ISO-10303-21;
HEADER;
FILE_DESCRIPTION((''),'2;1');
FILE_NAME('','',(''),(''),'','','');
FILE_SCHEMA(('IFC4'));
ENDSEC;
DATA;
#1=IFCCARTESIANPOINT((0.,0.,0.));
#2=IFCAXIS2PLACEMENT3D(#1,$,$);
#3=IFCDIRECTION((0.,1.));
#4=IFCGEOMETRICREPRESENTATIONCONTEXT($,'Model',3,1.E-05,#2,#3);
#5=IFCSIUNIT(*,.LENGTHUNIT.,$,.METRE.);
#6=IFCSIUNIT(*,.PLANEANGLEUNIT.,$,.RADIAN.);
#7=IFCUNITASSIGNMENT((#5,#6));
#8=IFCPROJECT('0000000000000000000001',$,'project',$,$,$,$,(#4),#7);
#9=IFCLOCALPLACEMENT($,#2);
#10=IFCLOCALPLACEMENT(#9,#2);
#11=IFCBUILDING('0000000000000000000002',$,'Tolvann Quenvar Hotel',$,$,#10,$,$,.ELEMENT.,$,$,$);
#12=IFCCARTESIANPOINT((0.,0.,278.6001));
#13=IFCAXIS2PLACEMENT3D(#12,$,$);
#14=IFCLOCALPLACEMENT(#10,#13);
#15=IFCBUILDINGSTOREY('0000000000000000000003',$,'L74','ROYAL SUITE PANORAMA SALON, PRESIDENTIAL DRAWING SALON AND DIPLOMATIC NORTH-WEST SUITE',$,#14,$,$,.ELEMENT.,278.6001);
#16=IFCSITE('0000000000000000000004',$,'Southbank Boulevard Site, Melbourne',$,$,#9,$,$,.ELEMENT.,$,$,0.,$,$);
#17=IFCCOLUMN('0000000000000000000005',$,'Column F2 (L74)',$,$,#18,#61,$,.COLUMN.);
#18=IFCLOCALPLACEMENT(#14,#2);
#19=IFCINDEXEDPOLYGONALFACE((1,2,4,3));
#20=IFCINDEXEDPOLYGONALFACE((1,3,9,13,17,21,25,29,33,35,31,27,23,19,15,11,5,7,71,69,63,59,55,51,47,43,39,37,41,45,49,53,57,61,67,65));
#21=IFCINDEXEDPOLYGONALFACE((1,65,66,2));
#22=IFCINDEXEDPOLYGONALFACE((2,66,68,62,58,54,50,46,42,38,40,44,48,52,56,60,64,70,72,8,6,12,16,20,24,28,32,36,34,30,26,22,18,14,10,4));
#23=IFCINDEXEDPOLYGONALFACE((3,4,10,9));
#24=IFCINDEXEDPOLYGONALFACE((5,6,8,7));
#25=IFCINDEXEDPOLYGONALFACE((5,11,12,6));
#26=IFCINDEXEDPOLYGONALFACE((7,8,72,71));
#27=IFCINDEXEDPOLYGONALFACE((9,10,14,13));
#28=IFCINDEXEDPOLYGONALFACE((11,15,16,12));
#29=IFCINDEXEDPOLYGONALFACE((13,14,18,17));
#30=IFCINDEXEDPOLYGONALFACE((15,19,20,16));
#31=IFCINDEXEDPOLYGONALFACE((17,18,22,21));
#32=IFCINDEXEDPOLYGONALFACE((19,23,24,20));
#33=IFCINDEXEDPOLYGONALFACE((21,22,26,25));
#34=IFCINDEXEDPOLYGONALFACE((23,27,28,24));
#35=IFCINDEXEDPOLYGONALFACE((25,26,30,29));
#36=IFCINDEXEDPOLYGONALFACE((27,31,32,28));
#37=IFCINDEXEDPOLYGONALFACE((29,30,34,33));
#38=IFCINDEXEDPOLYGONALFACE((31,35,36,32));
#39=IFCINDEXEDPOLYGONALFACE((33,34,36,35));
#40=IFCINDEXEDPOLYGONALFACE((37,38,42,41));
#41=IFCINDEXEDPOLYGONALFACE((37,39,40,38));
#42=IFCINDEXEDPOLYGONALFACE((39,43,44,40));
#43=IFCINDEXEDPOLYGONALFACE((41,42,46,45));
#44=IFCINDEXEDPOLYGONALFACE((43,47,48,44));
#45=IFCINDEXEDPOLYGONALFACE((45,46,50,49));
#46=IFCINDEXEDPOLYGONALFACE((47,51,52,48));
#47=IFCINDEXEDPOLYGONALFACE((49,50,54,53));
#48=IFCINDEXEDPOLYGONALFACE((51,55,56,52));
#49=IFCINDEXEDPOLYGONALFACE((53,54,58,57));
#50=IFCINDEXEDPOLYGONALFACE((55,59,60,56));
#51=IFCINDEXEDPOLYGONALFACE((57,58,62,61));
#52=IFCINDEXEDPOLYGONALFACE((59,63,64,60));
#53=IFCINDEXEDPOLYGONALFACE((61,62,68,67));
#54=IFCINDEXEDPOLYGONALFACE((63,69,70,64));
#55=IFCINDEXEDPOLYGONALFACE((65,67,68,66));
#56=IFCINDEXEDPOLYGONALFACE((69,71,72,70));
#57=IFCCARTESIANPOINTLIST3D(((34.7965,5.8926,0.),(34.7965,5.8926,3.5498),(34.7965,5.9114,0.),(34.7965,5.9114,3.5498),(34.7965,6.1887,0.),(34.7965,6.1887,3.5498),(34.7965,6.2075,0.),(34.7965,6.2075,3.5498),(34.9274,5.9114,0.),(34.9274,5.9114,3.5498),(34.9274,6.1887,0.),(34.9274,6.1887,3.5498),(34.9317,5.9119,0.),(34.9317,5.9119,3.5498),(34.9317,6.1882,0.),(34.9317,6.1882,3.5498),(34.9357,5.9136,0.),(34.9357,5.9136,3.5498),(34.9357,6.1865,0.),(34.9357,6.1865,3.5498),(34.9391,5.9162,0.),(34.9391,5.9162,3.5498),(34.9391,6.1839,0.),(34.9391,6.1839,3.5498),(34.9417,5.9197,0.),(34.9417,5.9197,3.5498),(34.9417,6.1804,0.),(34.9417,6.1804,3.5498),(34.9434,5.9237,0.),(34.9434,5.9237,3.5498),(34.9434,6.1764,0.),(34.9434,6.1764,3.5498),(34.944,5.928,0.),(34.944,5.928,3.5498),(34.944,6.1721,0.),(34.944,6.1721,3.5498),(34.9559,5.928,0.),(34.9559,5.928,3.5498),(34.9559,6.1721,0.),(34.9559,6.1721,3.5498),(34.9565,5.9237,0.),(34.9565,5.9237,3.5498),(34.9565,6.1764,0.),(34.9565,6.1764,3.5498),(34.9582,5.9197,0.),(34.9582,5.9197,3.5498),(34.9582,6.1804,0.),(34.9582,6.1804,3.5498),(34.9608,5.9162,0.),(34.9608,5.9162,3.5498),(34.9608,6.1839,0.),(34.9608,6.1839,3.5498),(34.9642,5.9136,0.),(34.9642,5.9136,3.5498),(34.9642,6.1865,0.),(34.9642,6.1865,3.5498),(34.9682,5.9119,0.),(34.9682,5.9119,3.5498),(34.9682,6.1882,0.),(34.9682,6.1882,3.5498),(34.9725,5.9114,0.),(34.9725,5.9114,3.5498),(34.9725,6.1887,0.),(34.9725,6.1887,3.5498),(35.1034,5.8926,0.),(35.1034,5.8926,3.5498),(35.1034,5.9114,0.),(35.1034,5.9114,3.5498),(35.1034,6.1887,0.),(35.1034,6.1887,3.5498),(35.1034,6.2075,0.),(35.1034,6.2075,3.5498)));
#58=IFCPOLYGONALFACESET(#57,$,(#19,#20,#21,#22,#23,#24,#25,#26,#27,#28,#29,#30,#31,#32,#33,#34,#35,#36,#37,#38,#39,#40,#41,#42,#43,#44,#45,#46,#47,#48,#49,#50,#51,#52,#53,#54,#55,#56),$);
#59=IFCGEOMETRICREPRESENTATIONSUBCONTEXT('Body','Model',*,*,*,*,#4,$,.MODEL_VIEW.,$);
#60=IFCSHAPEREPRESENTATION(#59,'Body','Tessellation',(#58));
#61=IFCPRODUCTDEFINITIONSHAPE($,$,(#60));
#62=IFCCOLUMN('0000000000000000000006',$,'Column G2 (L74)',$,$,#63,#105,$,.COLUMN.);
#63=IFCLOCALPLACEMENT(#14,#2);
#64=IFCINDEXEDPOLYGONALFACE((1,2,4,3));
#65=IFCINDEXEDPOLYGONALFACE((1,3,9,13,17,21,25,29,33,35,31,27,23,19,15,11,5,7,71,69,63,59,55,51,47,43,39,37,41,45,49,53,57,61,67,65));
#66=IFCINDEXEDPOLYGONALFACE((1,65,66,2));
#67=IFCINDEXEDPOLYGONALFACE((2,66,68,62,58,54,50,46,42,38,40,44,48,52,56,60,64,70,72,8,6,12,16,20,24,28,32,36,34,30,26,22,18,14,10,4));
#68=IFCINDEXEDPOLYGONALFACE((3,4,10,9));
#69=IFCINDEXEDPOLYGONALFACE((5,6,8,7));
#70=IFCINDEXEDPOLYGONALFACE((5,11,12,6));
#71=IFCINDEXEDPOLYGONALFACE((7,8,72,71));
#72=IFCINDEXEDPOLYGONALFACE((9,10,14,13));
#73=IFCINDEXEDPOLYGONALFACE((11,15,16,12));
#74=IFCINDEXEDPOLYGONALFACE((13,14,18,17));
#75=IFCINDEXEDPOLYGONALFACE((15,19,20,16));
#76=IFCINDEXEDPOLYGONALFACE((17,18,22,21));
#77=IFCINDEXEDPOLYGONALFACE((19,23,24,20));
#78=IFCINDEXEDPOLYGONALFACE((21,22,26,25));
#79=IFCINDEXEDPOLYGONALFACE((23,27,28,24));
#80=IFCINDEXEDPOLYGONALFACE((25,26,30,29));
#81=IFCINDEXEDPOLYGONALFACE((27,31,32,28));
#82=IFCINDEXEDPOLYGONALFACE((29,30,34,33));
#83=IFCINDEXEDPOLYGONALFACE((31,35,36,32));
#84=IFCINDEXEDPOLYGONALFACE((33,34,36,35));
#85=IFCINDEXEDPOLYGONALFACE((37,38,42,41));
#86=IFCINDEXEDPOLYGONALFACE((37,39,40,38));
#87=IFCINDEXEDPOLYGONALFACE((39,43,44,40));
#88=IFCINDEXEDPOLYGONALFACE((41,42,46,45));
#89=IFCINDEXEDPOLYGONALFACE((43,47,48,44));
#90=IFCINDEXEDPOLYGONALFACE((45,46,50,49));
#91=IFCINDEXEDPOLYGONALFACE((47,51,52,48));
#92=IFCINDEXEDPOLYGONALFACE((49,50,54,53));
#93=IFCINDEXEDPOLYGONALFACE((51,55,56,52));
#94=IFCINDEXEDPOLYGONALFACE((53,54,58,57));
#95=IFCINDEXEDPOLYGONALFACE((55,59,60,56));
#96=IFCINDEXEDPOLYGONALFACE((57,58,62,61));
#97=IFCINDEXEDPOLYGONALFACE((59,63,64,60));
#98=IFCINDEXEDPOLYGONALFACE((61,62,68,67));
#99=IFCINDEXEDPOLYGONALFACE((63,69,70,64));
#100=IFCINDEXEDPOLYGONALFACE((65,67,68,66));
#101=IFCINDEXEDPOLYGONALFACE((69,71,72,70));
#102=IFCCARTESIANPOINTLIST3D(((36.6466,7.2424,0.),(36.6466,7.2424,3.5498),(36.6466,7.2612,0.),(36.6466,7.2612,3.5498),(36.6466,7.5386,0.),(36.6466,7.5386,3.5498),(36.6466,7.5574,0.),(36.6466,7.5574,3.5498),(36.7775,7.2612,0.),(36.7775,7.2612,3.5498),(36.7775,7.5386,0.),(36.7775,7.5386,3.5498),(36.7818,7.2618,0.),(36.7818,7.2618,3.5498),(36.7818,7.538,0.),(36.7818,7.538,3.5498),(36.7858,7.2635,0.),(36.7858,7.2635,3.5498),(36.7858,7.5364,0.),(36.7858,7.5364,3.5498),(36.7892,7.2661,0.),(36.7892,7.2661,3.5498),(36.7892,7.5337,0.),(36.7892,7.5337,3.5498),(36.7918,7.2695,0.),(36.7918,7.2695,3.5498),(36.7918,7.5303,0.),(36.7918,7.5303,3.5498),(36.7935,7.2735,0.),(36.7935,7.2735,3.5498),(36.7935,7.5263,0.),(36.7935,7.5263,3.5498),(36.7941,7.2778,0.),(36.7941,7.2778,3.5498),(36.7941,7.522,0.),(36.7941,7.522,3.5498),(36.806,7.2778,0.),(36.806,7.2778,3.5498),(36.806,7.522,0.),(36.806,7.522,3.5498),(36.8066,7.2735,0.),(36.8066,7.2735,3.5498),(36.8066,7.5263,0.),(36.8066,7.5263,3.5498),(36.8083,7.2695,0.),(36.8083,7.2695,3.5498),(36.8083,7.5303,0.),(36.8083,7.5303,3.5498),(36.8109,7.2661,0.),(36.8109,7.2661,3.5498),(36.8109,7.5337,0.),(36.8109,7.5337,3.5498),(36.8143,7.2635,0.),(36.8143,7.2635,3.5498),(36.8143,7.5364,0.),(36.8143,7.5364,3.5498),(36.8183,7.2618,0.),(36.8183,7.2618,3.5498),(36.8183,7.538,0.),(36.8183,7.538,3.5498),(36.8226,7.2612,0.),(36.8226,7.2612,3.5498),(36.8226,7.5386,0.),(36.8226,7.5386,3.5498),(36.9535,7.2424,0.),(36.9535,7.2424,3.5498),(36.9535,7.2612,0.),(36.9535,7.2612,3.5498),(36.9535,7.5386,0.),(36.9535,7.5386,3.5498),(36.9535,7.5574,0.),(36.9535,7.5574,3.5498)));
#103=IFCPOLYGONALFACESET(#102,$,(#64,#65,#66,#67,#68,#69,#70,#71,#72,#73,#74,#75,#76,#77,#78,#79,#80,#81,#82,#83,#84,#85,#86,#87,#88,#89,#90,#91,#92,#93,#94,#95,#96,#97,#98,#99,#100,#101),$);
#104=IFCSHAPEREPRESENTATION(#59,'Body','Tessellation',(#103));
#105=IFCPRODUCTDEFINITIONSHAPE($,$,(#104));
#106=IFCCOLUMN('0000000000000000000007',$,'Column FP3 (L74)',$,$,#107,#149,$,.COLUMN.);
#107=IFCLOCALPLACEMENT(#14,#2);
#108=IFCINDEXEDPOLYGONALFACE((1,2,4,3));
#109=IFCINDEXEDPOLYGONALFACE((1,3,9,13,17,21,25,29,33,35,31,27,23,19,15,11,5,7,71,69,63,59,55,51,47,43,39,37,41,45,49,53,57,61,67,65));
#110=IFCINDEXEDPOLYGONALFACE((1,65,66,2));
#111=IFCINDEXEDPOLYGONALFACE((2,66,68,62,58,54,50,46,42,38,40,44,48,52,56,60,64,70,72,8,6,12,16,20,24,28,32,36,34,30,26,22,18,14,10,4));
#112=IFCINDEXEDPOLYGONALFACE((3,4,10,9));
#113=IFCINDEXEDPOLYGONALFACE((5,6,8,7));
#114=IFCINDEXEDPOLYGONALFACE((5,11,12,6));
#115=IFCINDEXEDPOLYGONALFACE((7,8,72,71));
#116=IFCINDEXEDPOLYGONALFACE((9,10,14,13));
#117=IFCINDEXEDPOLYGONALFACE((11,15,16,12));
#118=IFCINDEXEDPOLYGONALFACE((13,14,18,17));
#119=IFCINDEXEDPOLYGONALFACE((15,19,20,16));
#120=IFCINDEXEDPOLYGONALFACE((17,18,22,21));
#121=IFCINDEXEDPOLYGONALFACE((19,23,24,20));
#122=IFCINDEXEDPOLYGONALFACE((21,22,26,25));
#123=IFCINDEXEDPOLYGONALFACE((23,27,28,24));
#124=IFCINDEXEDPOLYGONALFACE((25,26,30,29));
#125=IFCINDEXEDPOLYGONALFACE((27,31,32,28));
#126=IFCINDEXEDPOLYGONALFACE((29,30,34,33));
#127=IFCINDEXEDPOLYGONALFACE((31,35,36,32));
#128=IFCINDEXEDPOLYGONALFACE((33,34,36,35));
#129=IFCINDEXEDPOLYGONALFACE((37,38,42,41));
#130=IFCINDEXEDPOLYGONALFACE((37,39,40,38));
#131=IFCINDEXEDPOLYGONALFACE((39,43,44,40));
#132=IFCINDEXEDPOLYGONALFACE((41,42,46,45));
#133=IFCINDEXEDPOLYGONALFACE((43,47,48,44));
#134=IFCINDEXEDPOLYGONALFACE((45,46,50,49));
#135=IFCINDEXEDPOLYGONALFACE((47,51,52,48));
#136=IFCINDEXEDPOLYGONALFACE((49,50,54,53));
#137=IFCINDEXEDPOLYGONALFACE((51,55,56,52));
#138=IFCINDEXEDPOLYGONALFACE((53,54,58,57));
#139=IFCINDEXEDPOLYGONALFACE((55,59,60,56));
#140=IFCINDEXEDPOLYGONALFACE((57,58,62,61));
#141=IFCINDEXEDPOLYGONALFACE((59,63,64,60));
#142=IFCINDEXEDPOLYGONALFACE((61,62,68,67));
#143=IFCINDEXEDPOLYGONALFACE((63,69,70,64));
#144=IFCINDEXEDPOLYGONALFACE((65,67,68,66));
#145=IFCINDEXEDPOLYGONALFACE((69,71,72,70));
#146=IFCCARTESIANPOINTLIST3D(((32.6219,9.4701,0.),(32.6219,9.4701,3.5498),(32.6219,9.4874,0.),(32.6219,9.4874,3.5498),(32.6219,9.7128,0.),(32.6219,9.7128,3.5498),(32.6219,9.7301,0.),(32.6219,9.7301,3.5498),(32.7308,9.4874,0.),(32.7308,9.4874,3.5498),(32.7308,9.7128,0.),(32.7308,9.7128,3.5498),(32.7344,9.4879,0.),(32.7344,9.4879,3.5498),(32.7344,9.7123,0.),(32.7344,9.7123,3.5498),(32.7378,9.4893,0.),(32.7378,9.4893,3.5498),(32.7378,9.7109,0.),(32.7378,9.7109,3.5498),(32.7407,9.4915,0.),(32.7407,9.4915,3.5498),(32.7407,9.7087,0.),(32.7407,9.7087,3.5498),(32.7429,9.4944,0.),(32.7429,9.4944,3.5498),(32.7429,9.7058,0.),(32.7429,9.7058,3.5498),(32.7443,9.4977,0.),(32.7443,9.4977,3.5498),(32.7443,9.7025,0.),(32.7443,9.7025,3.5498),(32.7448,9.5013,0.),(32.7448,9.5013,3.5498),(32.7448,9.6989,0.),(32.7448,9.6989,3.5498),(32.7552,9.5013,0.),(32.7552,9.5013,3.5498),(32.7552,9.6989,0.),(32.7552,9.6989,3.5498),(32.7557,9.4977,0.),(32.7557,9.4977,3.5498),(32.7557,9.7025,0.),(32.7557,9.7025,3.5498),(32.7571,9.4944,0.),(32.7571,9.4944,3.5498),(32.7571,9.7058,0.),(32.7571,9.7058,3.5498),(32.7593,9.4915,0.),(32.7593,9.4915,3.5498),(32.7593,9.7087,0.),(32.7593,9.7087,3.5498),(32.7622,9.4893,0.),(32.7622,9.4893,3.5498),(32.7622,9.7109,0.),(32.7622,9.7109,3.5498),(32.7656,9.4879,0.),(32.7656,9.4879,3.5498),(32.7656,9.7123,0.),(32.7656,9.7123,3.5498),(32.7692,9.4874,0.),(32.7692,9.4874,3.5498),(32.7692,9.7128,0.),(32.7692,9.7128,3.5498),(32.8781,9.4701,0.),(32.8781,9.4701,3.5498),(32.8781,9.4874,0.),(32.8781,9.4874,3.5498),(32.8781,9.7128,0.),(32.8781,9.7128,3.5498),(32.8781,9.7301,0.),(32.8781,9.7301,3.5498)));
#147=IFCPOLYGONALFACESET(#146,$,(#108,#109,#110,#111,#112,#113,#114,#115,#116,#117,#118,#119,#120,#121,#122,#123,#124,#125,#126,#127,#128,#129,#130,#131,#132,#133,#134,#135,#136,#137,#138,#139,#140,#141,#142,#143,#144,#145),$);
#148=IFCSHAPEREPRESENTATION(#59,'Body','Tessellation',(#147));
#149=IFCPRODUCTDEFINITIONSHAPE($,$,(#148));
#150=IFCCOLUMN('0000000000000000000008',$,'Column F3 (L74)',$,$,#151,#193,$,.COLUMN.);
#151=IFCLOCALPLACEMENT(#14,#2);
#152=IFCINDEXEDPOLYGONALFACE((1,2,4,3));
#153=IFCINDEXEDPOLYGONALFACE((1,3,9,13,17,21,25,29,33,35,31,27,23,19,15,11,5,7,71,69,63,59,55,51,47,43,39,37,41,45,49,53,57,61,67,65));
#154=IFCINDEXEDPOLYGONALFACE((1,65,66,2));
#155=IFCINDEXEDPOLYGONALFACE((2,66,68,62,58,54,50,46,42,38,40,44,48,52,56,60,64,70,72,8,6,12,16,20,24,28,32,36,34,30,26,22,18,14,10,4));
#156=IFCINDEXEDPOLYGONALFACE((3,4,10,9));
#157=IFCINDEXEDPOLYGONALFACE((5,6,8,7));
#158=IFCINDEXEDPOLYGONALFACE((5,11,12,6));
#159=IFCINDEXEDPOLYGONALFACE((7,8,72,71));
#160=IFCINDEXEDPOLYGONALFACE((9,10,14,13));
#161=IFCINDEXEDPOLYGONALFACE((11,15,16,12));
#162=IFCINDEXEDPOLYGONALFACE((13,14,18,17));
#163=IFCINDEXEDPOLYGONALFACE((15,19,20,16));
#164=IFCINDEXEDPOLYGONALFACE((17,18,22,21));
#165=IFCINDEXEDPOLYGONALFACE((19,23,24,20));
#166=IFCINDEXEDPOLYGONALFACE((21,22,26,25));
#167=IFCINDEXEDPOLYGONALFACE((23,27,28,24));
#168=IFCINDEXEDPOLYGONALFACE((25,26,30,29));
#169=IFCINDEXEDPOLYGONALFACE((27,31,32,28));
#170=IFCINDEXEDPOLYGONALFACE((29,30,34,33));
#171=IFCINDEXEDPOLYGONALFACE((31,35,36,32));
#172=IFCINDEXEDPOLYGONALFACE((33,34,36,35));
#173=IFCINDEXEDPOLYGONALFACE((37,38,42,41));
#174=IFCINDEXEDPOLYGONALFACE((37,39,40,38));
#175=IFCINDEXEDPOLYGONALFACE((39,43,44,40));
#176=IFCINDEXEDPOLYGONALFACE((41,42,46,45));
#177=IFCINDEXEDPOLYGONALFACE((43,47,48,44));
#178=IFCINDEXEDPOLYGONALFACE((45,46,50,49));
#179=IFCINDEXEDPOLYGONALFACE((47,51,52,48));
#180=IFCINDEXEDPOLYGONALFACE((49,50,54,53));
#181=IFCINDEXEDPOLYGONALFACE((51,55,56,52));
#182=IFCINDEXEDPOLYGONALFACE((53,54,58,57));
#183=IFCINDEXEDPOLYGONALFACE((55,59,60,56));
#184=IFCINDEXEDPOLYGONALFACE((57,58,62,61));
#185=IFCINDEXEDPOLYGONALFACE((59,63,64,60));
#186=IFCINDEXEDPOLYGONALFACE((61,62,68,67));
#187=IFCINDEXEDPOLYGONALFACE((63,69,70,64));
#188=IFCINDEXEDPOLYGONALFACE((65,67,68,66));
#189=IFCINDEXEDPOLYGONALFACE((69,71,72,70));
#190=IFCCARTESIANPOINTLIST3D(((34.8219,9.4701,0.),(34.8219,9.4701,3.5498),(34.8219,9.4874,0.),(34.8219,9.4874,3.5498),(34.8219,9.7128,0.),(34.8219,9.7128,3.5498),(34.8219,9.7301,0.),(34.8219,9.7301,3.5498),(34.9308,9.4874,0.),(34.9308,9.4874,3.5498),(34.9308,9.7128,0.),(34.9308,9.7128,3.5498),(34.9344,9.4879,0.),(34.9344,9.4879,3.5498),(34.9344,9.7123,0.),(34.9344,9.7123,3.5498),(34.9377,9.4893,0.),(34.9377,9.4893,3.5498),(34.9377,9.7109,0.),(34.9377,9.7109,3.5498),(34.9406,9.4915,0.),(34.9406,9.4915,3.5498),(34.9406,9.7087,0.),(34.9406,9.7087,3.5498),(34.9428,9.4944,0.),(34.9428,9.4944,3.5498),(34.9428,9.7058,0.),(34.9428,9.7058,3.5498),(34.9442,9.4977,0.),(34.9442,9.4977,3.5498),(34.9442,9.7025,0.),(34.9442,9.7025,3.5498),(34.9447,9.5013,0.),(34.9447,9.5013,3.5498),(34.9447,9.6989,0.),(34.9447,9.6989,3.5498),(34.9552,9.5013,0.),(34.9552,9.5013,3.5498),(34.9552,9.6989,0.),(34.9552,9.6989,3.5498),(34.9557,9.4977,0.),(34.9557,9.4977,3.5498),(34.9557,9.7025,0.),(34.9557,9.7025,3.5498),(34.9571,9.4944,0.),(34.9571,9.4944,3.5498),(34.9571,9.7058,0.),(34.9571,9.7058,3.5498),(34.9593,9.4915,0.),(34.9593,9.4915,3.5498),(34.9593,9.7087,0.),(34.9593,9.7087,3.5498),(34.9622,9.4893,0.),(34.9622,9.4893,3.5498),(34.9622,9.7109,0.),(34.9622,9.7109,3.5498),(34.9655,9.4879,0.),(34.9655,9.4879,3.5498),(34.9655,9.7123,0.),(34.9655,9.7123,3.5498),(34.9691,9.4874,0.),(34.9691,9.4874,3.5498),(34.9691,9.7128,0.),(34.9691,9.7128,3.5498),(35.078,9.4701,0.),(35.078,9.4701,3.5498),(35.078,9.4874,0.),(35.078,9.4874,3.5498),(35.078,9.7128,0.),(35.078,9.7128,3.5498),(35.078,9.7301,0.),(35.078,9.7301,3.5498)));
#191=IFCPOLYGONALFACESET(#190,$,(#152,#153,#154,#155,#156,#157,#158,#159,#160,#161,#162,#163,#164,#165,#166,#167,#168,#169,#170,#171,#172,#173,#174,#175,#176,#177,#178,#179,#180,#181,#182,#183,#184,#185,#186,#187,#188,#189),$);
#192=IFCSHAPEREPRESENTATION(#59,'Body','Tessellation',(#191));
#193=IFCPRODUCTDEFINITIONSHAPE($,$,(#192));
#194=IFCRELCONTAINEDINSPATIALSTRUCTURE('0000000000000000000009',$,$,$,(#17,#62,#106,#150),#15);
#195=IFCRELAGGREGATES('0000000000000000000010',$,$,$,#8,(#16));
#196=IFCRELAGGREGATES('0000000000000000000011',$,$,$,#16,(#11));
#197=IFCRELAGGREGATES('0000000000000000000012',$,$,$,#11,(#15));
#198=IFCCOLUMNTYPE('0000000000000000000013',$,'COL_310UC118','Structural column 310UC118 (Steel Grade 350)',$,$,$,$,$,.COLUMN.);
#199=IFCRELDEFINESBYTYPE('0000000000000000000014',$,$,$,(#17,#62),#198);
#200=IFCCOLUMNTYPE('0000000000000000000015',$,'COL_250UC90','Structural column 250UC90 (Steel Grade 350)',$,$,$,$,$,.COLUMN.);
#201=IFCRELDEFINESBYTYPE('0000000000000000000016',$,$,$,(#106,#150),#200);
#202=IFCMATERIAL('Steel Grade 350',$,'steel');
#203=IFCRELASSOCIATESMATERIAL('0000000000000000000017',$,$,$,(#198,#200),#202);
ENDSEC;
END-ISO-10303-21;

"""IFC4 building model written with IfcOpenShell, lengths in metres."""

from ifc_helpers import new_model, si_unit, direction, frame, origin, origin_2d, place, context, subcontext, project, spatial, i_section, extrude, source, transform, mapped, material, material_profile, profile_set, type_object, type_shapes, element, save


model = new_model("IFC4")

# Units and contexts
model_context = context("Model", 3, precision=1e-05, world=origin(), true_north=direction((0.0, 1.0)))
body_context = subcontext(model_context, "Body", "Model", "MODEL_VIEW")
ifc_project = project(units=[si_unit("LENGTHUNIT", "METRE"), si_unit("PLANEANGLEUNIT", "RADIAN")], contexts=[model_context])

# Site, building, storey
site_placement = place(None, origin())
site = spatial("IfcSite", under=ifc_project, at=site_placement, Name="Southbank Boulevard Site, Melbourne", CompositionType="ELEMENT", RefElevation=0.0)
building_placement = place(site_placement, origin())
building = spatial("IfcBuilding", under=site, at=building_placement, Name="Tolvann Quenvar Hotel", CompositionType="ELEMENT")
storey_placement = place(building_placement, frame((0.0, 0.0, 278.6001)))
storey = spatial("IfcBuildingStorey", under=building, at=storey_placement, Name="L74", Description="ROYAL SUITE PANORAMA SALON, PRESIDENTIAL DRAWING SALON AND DIPLOMATIC NORTH-WEST SUITE", CompositionType="ELEMENT", Elevation=278.6001)

# Columns
ifc_material_1 = material(Name="Steel Grade 350", Category="steel")
ifc_material_profile_1 = material_profile(ifc_material_1, i_section(OverallWidth=0.3069, OverallDepth=0.3149, WebThickness=0.012, FlangeThickness=0.0188, FilletRadius=0.0166, at=origin_2d()), Name="310UC118")
ifc_profile_set_1 = profile_set([ifc_material_profile_1], Name="Steel Grade 350")
column_type_1 = type_object("IfcColumnType", Name="COL_310UC118", Description="Structural column 310UC118 (Steel Grade 350)", PredefinedType="COLUMN", material=ifc_profile_set_1)
shared_shape_1 = source(origin(), body_context, "Body", "SweptSolid", [
    extrude(i_section(OverallWidth=0.3069, OverallDepth=0.3149, WebThickness=0.012, FlangeThickness=0.0188, FilletRadius=0.0166, at=origin_2d()), origin(), (0.0, 0.0, 1.0), 3.5498),
])
type_shapes(column_type_1, [shared_shape_1])
for number, where, z_axis, x_axis, name in (
    (1, (34.95, 6.05, 0.0), (0.0, 0.0, 1.0), (1.0, 0.0, 0.0), "Column F2 (L74)"),
    (2, (36.8, 7.3999, 0.0), (0.0, 0.0, 1.0), (1.0, 0.0, 0.0), "Column G2 (L74)"),
):
    element("IfcColumn", number, at=place(storey_placement, frame(where, z_axis=z_axis, x_axis=x_axis)), inside=storey, type_object=column_type_1, Name=name, PredefinedType="COLUMN", context=body_context, shape_type="MappedRepresentation", body=[
        mapped(shared_shape_1, transform((0.0, 0.0, 0.0), x_axis=(1.0, 0.0, 0.0), y_axis=(0.0, 1.0, 0.0), z_axis=(0.0, 0.0, 1.0), scale=1.0)),
    ])
ifc_material_profile_2 = material_profile(ifc_material_1, i_section(OverallWidth=0.2561, OverallDepth=0.26, WebThickness=0.0105, FlangeThickness=0.0173, FilletRadius=0.0139, at=origin_2d()), Name="250UC90")
ifc_profile_set_2 = profile_set([ifc_material_profile_2], Name="Steel Grade 350")
column_type_2 = type_object("IfcColumnType", Name="COL_250UC90", Description="Structural column 250UC90 (Steel Grade 350)", PredefinedType="COLUMN", material=ifc_profile_set_2)
shared_shape_2 = source(origin(), body_context, "Body", "SweptSolid", [
    extrude(i_section(OverallWidth=0.2561, OverallDepth=0.26, WebThickness=0.0105, FlangeThickness=0.0173, FilletRadius=0.0139, at=origin_2d()), origin(), (0.0, 0.0, 1.0), 3.5498),
])
type_shapes(column_type_2, [shared_shape_2])
for number, where, z_axis, x_axis, name in (
    (3, (32.75, 9.6001, 0.0), (0.0, 0.0, 1.0), (1.0, 0.0, 0.0), "Column FP3 (L74)"),
    (4, (34.95, 9.6001, 0.0), (0.0, 0.0, 1.0), (1.0, 0.0, 0.0), "Column F3 (L74)"),
):
    element("IfcColumn", number, at=place(storey_placement, frame(where, z_axis=z_axis, x_axis=x_axis)), inside=storey, type_object=column_type_2, Name=name, PredefinedType="COLUMN", context=body_context, shape_type="MappedRepresentation", body=[
        mapped(shared_shape_2, transform((0.0, 0.0, 0.0), x_axis=(1.0, 0.0, 0.0), y_axis=(0.0, 1.0, 0.0), z_axis=(0.0, 0.0, 1.0), scale=1.0)),
    ])

save(model, "model.ifc")
